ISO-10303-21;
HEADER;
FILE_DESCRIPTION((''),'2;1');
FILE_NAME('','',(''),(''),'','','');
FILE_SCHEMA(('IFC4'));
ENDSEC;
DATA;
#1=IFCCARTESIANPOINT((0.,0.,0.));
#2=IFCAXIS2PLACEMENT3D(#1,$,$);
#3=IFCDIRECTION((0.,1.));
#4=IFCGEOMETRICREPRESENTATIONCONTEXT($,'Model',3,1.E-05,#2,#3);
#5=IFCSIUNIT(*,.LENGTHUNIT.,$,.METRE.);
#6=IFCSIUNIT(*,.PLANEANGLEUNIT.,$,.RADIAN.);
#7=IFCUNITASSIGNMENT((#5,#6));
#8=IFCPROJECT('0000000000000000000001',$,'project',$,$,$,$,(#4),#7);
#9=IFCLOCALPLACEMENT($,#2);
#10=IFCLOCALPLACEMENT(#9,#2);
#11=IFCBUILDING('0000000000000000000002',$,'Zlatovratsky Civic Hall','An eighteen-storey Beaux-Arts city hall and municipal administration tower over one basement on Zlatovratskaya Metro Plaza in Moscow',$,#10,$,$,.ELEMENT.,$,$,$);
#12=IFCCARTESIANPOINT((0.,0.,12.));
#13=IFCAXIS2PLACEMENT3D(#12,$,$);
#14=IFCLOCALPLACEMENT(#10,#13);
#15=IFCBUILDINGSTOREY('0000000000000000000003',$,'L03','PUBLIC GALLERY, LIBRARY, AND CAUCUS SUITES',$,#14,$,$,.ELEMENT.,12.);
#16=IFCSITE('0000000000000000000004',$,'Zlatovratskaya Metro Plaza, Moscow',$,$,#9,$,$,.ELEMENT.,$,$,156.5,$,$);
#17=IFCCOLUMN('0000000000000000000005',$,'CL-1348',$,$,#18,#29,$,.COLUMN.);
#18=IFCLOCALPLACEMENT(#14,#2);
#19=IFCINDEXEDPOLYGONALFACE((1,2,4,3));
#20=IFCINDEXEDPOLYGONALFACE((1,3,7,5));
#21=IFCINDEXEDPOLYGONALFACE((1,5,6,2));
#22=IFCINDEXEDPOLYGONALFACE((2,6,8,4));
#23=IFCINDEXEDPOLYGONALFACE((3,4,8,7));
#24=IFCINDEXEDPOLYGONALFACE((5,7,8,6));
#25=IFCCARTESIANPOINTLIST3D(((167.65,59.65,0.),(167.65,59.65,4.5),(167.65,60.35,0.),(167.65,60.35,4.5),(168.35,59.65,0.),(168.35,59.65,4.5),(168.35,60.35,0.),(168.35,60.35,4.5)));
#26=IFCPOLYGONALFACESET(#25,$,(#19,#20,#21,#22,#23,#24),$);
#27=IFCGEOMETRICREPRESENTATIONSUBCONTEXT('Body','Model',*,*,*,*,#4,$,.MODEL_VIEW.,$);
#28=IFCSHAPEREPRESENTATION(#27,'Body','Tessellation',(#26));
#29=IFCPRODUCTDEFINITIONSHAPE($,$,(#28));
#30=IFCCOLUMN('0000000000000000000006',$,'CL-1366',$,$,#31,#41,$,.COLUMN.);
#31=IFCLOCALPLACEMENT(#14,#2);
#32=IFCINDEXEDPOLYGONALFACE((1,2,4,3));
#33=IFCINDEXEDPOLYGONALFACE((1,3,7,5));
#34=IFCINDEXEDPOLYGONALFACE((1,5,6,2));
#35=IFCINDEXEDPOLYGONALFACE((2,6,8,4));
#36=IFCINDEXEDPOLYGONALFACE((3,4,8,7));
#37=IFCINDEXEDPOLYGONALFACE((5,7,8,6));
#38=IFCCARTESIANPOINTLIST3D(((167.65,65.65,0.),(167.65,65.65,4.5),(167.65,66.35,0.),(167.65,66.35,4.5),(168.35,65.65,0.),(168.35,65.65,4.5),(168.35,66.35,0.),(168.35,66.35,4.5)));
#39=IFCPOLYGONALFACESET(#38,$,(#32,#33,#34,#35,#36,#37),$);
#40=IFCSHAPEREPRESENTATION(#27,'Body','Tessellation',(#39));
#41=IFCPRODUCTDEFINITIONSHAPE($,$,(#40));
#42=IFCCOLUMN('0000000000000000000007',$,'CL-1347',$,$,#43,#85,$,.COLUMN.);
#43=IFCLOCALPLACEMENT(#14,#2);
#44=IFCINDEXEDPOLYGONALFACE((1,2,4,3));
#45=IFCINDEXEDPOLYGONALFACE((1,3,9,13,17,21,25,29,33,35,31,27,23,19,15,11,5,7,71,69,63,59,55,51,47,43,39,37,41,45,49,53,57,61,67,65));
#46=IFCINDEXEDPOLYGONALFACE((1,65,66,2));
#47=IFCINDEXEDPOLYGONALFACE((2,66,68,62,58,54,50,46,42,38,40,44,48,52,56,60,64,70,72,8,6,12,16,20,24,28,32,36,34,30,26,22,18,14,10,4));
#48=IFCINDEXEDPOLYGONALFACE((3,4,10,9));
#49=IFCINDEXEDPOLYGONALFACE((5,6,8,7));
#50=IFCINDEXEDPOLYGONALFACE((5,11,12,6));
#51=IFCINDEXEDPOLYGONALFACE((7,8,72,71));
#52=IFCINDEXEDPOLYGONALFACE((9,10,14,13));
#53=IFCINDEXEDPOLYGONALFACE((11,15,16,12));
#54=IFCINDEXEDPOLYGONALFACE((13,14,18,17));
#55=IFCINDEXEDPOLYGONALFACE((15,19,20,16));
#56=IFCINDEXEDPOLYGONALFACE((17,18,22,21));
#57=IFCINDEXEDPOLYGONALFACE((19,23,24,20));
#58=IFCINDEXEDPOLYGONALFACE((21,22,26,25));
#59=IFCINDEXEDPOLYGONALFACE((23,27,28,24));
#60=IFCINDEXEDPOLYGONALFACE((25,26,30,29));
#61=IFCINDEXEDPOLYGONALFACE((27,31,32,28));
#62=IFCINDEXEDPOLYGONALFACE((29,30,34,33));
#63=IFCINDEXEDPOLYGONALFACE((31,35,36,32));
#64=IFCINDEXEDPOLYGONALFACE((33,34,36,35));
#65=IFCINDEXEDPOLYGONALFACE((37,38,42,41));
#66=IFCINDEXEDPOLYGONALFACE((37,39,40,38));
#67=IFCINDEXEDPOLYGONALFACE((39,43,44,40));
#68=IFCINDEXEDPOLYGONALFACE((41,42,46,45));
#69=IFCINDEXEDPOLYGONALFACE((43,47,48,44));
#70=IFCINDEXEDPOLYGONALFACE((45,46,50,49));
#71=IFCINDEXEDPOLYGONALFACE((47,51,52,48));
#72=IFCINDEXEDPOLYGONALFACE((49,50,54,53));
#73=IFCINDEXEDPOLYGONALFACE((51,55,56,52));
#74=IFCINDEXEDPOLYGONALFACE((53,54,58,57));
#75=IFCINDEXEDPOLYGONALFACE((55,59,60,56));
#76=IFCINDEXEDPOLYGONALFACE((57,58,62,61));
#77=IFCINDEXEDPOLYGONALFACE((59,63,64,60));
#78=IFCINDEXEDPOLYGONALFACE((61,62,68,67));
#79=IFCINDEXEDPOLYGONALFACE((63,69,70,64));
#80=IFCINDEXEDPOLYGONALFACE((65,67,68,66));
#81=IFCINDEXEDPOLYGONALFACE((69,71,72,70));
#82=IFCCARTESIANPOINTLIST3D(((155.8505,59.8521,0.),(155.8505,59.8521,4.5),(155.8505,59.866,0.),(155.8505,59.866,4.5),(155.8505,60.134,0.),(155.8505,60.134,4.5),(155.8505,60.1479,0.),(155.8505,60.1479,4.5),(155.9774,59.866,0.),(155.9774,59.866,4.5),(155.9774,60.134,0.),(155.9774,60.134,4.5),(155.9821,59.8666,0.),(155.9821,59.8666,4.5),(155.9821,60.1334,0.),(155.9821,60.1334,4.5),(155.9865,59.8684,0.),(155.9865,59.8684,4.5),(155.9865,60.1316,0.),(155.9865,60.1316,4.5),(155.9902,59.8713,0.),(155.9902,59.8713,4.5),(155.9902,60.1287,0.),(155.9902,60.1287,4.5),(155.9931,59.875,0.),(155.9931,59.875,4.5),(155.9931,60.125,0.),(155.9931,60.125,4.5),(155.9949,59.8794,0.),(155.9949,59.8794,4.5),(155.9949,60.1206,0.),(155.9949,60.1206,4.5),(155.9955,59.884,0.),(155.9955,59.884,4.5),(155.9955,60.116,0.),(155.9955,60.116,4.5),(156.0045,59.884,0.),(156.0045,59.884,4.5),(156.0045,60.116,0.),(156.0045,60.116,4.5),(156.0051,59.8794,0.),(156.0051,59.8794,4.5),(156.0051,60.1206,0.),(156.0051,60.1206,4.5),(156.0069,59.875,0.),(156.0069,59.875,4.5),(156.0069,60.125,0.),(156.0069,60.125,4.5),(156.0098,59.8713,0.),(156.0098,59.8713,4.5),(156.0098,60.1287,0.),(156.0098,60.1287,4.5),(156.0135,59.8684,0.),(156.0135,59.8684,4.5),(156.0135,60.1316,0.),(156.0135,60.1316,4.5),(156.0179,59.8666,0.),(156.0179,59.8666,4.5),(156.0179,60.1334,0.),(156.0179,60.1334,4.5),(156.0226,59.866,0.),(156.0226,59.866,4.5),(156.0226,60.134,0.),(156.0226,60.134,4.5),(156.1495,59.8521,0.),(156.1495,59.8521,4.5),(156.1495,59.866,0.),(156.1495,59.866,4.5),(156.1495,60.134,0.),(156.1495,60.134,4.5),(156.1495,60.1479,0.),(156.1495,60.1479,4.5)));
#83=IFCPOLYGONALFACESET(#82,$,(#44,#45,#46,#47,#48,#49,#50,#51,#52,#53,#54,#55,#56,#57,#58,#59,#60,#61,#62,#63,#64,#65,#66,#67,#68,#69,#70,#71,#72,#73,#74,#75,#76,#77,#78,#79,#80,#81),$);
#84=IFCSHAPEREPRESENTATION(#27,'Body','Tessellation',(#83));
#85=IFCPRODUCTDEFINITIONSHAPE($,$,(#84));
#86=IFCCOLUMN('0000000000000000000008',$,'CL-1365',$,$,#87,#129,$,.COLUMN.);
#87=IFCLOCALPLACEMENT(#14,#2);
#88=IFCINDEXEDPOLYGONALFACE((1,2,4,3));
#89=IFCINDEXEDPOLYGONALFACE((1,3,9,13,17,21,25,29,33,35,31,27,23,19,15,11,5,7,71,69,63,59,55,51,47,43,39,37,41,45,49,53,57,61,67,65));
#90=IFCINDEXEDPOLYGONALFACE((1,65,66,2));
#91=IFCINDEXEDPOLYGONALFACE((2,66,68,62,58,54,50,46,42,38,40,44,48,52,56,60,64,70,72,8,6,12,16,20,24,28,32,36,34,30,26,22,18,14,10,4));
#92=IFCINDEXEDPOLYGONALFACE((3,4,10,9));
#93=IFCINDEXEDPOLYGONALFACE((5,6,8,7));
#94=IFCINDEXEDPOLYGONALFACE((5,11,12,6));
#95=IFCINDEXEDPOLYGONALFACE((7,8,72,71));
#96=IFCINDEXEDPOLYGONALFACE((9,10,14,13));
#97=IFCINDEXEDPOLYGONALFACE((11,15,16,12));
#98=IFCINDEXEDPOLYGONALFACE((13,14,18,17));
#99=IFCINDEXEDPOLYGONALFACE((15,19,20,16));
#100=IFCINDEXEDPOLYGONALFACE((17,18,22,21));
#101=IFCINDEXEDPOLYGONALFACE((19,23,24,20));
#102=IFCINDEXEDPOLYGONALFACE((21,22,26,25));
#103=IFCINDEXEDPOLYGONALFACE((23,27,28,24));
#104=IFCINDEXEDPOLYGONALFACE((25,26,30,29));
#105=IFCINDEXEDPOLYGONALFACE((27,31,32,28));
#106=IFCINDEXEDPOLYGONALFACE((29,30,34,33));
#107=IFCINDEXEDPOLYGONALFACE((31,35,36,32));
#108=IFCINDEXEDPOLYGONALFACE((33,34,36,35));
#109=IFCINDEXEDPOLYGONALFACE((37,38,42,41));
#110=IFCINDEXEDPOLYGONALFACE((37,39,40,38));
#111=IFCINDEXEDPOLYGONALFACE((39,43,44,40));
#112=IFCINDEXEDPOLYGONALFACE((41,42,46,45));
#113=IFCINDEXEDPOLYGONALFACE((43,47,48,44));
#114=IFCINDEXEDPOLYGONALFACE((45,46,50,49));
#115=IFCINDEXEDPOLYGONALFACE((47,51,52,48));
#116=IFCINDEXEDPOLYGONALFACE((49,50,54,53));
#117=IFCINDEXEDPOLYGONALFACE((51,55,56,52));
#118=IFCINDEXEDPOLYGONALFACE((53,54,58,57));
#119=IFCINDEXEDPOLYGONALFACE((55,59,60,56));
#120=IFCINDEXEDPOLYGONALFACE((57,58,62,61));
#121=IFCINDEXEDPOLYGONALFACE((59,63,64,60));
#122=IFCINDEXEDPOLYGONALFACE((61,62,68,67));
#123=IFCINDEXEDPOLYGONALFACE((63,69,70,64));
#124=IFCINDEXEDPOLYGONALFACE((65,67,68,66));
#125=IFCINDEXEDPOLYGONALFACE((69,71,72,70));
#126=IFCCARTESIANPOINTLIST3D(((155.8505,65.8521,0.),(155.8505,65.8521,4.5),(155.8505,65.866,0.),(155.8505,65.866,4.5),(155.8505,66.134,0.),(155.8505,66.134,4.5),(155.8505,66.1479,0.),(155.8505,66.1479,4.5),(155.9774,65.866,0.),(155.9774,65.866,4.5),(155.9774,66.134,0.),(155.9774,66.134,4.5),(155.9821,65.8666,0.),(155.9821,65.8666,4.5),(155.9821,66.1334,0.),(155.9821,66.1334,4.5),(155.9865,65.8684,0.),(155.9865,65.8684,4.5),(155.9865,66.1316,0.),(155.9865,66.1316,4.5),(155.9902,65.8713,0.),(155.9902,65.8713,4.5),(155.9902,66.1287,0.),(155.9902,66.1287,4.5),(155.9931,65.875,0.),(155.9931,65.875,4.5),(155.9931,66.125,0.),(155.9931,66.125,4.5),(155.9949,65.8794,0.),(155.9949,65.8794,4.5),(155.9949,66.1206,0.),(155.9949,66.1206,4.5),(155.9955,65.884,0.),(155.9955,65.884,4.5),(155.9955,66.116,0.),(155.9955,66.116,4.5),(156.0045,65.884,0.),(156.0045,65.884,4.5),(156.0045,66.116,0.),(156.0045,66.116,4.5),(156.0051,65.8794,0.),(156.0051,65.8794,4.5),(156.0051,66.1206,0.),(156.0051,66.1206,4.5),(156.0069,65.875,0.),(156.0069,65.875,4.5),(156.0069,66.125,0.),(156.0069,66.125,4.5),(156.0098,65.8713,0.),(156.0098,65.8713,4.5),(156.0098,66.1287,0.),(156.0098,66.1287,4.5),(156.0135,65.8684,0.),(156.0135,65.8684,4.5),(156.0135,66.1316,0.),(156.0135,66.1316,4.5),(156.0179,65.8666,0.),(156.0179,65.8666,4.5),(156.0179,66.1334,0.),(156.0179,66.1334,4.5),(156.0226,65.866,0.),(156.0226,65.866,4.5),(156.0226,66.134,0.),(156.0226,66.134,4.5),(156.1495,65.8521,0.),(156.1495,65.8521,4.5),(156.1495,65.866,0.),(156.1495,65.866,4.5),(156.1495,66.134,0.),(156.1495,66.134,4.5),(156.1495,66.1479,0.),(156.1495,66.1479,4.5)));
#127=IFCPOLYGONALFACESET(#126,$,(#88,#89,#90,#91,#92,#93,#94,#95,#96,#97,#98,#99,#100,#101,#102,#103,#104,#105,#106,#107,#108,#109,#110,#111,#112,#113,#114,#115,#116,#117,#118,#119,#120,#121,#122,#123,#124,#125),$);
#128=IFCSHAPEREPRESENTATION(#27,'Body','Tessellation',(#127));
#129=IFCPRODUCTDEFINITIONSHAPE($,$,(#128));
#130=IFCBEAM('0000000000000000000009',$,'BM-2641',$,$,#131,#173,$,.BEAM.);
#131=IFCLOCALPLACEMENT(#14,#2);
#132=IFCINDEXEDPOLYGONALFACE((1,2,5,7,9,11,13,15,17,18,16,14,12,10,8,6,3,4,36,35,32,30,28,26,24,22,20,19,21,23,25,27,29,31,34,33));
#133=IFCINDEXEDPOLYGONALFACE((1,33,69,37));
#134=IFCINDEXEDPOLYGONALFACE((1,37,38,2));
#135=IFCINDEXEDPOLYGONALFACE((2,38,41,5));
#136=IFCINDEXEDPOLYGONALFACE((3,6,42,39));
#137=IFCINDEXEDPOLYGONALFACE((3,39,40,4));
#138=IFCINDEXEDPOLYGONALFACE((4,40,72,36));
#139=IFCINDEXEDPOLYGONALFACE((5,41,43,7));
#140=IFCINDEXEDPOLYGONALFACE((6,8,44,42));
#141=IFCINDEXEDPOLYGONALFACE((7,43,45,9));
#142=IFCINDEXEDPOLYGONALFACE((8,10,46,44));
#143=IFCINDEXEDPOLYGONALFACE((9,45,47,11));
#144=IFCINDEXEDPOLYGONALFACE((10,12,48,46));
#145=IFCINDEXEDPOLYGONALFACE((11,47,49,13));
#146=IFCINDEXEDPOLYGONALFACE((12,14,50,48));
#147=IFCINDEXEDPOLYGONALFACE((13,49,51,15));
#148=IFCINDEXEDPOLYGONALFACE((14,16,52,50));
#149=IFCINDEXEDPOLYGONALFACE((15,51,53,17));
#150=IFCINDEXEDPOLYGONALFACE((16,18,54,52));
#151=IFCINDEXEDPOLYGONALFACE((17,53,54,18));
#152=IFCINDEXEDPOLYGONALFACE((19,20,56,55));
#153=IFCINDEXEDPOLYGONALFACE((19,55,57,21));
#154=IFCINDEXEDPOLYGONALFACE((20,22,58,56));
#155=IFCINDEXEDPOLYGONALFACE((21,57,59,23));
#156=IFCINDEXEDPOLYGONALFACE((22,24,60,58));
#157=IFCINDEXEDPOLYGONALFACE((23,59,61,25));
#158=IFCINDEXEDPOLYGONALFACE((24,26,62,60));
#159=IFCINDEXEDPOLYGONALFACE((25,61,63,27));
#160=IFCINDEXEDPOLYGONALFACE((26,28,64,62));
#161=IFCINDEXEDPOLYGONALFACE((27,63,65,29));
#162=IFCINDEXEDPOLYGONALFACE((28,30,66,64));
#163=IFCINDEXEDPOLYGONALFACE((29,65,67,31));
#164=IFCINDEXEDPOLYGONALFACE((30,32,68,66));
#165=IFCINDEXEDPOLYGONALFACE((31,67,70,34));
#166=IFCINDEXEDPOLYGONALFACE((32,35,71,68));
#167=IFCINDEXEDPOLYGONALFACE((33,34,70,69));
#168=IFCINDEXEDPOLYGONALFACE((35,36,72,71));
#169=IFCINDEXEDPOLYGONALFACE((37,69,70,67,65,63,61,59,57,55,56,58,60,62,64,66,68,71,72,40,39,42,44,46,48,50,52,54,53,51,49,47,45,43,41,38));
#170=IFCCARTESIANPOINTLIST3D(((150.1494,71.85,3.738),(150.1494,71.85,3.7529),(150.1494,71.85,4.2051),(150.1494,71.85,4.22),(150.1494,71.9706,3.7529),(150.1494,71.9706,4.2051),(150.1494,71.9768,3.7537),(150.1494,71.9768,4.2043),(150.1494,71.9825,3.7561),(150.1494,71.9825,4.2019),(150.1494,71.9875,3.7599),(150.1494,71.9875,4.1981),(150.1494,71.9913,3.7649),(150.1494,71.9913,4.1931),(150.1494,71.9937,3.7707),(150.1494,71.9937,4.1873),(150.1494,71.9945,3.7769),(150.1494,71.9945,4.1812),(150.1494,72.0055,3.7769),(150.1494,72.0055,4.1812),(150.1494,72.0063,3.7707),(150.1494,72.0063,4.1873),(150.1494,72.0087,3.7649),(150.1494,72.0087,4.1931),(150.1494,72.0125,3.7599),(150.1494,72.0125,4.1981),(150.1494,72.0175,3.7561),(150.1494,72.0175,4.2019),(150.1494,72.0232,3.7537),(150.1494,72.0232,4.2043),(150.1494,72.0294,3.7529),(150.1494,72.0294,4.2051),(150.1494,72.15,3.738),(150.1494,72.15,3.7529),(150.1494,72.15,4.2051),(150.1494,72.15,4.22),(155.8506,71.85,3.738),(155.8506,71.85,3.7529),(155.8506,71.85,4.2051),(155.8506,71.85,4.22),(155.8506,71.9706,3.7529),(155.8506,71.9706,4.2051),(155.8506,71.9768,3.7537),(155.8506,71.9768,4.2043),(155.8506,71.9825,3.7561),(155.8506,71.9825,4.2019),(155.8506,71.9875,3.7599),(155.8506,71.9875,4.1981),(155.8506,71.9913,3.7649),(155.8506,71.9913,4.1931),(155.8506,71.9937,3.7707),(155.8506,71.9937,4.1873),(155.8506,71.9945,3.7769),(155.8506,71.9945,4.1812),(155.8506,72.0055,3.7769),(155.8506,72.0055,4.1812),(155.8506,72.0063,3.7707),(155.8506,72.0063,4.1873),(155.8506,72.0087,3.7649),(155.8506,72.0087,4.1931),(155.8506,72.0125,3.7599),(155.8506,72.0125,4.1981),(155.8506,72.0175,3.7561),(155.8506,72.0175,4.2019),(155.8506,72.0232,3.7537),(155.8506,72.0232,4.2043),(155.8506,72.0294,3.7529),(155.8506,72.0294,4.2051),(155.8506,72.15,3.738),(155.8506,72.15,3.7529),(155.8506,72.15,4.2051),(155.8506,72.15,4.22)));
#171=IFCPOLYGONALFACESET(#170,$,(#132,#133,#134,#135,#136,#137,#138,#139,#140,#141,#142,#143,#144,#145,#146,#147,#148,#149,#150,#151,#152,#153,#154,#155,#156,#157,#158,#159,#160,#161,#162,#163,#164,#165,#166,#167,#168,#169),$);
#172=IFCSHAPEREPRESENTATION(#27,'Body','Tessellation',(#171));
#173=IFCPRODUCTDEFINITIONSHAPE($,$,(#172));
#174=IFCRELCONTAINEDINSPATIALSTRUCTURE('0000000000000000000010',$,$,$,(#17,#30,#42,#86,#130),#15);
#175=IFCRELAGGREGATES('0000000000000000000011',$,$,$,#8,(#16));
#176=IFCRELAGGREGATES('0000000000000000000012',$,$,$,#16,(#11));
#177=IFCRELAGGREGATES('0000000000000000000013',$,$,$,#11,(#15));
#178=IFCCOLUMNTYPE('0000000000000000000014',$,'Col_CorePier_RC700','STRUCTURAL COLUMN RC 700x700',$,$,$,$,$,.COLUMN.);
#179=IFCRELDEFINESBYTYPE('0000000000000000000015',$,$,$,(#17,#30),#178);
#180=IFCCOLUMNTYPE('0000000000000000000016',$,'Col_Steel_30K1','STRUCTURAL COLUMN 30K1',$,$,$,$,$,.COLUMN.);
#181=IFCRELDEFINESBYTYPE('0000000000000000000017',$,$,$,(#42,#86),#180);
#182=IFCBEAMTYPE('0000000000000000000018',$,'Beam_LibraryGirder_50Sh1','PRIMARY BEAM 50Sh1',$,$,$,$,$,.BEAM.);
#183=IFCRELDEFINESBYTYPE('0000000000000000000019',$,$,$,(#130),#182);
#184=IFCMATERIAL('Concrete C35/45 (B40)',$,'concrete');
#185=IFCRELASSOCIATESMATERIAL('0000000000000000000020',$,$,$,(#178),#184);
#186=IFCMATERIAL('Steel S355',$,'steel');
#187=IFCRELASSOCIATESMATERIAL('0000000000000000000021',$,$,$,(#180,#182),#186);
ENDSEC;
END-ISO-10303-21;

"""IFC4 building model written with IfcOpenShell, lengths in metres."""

from ifc_helpers import new_model, si_unit, direction, frame, origin, origin_2d, place, context, subcontext, project, spatial, rectangle, i_section, extrude, material, material_profile, profile_set, type_object, element, save


model = new_model("IFC4")

# Units and contexts
model_context = context("Model", 3, precision=1e-05, world=origin(), true_north=direction((0.0, 1.0)))
body_context = subcontext(model_context, "Body", "Model", "MODEL_VIEW")
ifc_project = project(units=[si_unit("LENGTHUNIT", "METRE"), si_unit("PLANEANGLEUNIT", "RADIAN")], contexts=[model_context])

# Site, building, storey
site_placement = place(None, origin())
site = spatial("IfcSite", under=ifc_project, at=site_placement, Name="Zlatovratskaya Metro Plaza, Moscow", CompositionType="ELEMENT", RefElevation=156.5)
building_placement = place(site_placement, origin())
building = spatial("IfcBuilding", under=site, at=building_placement, Name="Zlatovratsky Civic Hall", Description="An eighteen-storey Beaux-Arts city hall and municipal administration tower over one basement on Zlatovratskaya Metro Plaza in Moscow", CompositionType="ELEMENT")
storey_placement = place(building_placement, frame((0.0, 0.0, 12.0)))
storey = spatial("IfcBuildingStorey", under=building, at=storey_placement, Name="L03", Description="PUBLIC GALLERY, LIBRARY, AND CAUCUS SUITES", CompositionType="ELEMENT", Elevation=12.0)

# Columns
ifc_material_1 = material(Name="Concrete C35/45 (B40)", Category="concrete")
ifc_material_profile_1 = material_profile(ifc_material_1, rectangle(XDim=0.7, YDim=0.7, at=origin_2d()), Name="RC 700x700")
ifc_profile_set_1 = profile_set([ifc_material_profile_1], Name="Concrete C35/45 (B40)")
column_type_1 = type_object("IfcColumnType", Name="Col_CorePier_RC700", Description="STRUCTURAL COLUMN RC 700x700", PredefinedType="COLUMN", material=ifc_profile_set_1)
for number, where, z_axis, x_axis, name in (
    (1, (168.0, 60.0, 0.0), (0.0, 0.0, 1.0), (1.0, 0.0, 0.0), "CL-1348"),
    (2, (168.0, 66.0, 0.0), (0.0, 0.0, 1.0), (1.0, 0.0, 0.0), "CL-1366"),
):
    element("IfcColumn", number, at=place(storey_placement, frame(where, z_axis=z_axis, x_axis=x_axis)), inside=storey, type_object=column_type_1, Name=name, PredefinedType="COLUMN", context=body_context, shape_type="SweptSolid", body=[
        extrude(rectangle(XDim=0.7, YDim=0.7, at=origin_2d()), origin(), (0.0, 0.0, 1.0), 4.5),
    ])
ifc_material_2 = material(Name="Steel S355", Category="steel")
ifc_material_profile_2 = material_profile(ifc_material_2, i_section(OverallWidth=0.2991, OverallDepth=0.2959, WebThickness=0.009, FlangeThickness=0.0139, FilletRadius=0.0181, at=origin_2d()), Name="30K1")
ifc_profile_set_2 = profile_set([ifc_material_profile_2], Name="Steel S355")
column_type_2 = type_object("IfcColumnType", Name="Col_Steel_30K1", Description="STRUCTURAL COLUMN 30K1", PredefinedType="COLUMN", material=ifc_profile_set_2)
for number, where, z_axis, x_axis, name in (
    (3, (156.0, 60.0, 0.0), (0.0, 0.0, 1.0), (1.0, 0.0, 0.0), "CL-1347"),
    (4, (156.0, 66.0, 0.0), (0.0, 0.0, 1.0), (1.0, 0.0, 0.0), "CL-1365"),
):
    element("IfcColumn", number, at=place(storey_placement, frame(where, z_axis=z_axis, x_axis=x_axis)), inside=storey, type_object=column_type_2, Name=name, PredefinedType="COLUMN", context=body_context, shape_type="SweptSolid", body=[
        extrude(i_section(OverallWidth=0.2991, OverallDepth=0.2959, WebThickness=0.009, FlangeThickness=0.0139, FilletRadius=0.0181, at=origin_2d()), origin(), (0.0, 0.0, 1.0), 4.5),
    ])

# Beam
ifc_material_profile_3 = material_profile(ifc_material_2, i_section(OverallWidth=0.3, OverallDepth=0.4819, WebThickness=0.011, FlangeThickness=0.0149, FilletRadius=0.0239, at=origin_2d()), Name="50Sh1")
ifc_profile_set_3 = profile_set([ifc_material_profile_3], Name="Steel S355")
beam_type_1 = type_object("IfcBeamType", Name="Beam_LibraryGirder_50Sh1", Description="PRIMARY BEAM 50Sh1", PredefinedType="BEAM", material=ifc_profile_set_3)
beam_placement = place(storey_placement, frame((150.1494, 72.0, 3.979), z_axis=(1.0, 0.0, 0.0), x_axis=(0.0, 1.0, 0.0)))
element("IfcBeam", 5, at=beam_placement, inside=storey, type_object=beam_type_1, Name="BM-2641", PredefinedType="BEAM", context=body_context, shape_type="SweptSolid", body=[
    extrude(i_section(OverallWidth=0.3, OverallDepth=0.4819, WebThickness=0.011, FlangeThickness=0.0149, FilletRadius=0.0239, at=origin_2d()), origin(), (0.0, 0.0, 1.0), 5.7012),
])

save(model, "model.ifc")
